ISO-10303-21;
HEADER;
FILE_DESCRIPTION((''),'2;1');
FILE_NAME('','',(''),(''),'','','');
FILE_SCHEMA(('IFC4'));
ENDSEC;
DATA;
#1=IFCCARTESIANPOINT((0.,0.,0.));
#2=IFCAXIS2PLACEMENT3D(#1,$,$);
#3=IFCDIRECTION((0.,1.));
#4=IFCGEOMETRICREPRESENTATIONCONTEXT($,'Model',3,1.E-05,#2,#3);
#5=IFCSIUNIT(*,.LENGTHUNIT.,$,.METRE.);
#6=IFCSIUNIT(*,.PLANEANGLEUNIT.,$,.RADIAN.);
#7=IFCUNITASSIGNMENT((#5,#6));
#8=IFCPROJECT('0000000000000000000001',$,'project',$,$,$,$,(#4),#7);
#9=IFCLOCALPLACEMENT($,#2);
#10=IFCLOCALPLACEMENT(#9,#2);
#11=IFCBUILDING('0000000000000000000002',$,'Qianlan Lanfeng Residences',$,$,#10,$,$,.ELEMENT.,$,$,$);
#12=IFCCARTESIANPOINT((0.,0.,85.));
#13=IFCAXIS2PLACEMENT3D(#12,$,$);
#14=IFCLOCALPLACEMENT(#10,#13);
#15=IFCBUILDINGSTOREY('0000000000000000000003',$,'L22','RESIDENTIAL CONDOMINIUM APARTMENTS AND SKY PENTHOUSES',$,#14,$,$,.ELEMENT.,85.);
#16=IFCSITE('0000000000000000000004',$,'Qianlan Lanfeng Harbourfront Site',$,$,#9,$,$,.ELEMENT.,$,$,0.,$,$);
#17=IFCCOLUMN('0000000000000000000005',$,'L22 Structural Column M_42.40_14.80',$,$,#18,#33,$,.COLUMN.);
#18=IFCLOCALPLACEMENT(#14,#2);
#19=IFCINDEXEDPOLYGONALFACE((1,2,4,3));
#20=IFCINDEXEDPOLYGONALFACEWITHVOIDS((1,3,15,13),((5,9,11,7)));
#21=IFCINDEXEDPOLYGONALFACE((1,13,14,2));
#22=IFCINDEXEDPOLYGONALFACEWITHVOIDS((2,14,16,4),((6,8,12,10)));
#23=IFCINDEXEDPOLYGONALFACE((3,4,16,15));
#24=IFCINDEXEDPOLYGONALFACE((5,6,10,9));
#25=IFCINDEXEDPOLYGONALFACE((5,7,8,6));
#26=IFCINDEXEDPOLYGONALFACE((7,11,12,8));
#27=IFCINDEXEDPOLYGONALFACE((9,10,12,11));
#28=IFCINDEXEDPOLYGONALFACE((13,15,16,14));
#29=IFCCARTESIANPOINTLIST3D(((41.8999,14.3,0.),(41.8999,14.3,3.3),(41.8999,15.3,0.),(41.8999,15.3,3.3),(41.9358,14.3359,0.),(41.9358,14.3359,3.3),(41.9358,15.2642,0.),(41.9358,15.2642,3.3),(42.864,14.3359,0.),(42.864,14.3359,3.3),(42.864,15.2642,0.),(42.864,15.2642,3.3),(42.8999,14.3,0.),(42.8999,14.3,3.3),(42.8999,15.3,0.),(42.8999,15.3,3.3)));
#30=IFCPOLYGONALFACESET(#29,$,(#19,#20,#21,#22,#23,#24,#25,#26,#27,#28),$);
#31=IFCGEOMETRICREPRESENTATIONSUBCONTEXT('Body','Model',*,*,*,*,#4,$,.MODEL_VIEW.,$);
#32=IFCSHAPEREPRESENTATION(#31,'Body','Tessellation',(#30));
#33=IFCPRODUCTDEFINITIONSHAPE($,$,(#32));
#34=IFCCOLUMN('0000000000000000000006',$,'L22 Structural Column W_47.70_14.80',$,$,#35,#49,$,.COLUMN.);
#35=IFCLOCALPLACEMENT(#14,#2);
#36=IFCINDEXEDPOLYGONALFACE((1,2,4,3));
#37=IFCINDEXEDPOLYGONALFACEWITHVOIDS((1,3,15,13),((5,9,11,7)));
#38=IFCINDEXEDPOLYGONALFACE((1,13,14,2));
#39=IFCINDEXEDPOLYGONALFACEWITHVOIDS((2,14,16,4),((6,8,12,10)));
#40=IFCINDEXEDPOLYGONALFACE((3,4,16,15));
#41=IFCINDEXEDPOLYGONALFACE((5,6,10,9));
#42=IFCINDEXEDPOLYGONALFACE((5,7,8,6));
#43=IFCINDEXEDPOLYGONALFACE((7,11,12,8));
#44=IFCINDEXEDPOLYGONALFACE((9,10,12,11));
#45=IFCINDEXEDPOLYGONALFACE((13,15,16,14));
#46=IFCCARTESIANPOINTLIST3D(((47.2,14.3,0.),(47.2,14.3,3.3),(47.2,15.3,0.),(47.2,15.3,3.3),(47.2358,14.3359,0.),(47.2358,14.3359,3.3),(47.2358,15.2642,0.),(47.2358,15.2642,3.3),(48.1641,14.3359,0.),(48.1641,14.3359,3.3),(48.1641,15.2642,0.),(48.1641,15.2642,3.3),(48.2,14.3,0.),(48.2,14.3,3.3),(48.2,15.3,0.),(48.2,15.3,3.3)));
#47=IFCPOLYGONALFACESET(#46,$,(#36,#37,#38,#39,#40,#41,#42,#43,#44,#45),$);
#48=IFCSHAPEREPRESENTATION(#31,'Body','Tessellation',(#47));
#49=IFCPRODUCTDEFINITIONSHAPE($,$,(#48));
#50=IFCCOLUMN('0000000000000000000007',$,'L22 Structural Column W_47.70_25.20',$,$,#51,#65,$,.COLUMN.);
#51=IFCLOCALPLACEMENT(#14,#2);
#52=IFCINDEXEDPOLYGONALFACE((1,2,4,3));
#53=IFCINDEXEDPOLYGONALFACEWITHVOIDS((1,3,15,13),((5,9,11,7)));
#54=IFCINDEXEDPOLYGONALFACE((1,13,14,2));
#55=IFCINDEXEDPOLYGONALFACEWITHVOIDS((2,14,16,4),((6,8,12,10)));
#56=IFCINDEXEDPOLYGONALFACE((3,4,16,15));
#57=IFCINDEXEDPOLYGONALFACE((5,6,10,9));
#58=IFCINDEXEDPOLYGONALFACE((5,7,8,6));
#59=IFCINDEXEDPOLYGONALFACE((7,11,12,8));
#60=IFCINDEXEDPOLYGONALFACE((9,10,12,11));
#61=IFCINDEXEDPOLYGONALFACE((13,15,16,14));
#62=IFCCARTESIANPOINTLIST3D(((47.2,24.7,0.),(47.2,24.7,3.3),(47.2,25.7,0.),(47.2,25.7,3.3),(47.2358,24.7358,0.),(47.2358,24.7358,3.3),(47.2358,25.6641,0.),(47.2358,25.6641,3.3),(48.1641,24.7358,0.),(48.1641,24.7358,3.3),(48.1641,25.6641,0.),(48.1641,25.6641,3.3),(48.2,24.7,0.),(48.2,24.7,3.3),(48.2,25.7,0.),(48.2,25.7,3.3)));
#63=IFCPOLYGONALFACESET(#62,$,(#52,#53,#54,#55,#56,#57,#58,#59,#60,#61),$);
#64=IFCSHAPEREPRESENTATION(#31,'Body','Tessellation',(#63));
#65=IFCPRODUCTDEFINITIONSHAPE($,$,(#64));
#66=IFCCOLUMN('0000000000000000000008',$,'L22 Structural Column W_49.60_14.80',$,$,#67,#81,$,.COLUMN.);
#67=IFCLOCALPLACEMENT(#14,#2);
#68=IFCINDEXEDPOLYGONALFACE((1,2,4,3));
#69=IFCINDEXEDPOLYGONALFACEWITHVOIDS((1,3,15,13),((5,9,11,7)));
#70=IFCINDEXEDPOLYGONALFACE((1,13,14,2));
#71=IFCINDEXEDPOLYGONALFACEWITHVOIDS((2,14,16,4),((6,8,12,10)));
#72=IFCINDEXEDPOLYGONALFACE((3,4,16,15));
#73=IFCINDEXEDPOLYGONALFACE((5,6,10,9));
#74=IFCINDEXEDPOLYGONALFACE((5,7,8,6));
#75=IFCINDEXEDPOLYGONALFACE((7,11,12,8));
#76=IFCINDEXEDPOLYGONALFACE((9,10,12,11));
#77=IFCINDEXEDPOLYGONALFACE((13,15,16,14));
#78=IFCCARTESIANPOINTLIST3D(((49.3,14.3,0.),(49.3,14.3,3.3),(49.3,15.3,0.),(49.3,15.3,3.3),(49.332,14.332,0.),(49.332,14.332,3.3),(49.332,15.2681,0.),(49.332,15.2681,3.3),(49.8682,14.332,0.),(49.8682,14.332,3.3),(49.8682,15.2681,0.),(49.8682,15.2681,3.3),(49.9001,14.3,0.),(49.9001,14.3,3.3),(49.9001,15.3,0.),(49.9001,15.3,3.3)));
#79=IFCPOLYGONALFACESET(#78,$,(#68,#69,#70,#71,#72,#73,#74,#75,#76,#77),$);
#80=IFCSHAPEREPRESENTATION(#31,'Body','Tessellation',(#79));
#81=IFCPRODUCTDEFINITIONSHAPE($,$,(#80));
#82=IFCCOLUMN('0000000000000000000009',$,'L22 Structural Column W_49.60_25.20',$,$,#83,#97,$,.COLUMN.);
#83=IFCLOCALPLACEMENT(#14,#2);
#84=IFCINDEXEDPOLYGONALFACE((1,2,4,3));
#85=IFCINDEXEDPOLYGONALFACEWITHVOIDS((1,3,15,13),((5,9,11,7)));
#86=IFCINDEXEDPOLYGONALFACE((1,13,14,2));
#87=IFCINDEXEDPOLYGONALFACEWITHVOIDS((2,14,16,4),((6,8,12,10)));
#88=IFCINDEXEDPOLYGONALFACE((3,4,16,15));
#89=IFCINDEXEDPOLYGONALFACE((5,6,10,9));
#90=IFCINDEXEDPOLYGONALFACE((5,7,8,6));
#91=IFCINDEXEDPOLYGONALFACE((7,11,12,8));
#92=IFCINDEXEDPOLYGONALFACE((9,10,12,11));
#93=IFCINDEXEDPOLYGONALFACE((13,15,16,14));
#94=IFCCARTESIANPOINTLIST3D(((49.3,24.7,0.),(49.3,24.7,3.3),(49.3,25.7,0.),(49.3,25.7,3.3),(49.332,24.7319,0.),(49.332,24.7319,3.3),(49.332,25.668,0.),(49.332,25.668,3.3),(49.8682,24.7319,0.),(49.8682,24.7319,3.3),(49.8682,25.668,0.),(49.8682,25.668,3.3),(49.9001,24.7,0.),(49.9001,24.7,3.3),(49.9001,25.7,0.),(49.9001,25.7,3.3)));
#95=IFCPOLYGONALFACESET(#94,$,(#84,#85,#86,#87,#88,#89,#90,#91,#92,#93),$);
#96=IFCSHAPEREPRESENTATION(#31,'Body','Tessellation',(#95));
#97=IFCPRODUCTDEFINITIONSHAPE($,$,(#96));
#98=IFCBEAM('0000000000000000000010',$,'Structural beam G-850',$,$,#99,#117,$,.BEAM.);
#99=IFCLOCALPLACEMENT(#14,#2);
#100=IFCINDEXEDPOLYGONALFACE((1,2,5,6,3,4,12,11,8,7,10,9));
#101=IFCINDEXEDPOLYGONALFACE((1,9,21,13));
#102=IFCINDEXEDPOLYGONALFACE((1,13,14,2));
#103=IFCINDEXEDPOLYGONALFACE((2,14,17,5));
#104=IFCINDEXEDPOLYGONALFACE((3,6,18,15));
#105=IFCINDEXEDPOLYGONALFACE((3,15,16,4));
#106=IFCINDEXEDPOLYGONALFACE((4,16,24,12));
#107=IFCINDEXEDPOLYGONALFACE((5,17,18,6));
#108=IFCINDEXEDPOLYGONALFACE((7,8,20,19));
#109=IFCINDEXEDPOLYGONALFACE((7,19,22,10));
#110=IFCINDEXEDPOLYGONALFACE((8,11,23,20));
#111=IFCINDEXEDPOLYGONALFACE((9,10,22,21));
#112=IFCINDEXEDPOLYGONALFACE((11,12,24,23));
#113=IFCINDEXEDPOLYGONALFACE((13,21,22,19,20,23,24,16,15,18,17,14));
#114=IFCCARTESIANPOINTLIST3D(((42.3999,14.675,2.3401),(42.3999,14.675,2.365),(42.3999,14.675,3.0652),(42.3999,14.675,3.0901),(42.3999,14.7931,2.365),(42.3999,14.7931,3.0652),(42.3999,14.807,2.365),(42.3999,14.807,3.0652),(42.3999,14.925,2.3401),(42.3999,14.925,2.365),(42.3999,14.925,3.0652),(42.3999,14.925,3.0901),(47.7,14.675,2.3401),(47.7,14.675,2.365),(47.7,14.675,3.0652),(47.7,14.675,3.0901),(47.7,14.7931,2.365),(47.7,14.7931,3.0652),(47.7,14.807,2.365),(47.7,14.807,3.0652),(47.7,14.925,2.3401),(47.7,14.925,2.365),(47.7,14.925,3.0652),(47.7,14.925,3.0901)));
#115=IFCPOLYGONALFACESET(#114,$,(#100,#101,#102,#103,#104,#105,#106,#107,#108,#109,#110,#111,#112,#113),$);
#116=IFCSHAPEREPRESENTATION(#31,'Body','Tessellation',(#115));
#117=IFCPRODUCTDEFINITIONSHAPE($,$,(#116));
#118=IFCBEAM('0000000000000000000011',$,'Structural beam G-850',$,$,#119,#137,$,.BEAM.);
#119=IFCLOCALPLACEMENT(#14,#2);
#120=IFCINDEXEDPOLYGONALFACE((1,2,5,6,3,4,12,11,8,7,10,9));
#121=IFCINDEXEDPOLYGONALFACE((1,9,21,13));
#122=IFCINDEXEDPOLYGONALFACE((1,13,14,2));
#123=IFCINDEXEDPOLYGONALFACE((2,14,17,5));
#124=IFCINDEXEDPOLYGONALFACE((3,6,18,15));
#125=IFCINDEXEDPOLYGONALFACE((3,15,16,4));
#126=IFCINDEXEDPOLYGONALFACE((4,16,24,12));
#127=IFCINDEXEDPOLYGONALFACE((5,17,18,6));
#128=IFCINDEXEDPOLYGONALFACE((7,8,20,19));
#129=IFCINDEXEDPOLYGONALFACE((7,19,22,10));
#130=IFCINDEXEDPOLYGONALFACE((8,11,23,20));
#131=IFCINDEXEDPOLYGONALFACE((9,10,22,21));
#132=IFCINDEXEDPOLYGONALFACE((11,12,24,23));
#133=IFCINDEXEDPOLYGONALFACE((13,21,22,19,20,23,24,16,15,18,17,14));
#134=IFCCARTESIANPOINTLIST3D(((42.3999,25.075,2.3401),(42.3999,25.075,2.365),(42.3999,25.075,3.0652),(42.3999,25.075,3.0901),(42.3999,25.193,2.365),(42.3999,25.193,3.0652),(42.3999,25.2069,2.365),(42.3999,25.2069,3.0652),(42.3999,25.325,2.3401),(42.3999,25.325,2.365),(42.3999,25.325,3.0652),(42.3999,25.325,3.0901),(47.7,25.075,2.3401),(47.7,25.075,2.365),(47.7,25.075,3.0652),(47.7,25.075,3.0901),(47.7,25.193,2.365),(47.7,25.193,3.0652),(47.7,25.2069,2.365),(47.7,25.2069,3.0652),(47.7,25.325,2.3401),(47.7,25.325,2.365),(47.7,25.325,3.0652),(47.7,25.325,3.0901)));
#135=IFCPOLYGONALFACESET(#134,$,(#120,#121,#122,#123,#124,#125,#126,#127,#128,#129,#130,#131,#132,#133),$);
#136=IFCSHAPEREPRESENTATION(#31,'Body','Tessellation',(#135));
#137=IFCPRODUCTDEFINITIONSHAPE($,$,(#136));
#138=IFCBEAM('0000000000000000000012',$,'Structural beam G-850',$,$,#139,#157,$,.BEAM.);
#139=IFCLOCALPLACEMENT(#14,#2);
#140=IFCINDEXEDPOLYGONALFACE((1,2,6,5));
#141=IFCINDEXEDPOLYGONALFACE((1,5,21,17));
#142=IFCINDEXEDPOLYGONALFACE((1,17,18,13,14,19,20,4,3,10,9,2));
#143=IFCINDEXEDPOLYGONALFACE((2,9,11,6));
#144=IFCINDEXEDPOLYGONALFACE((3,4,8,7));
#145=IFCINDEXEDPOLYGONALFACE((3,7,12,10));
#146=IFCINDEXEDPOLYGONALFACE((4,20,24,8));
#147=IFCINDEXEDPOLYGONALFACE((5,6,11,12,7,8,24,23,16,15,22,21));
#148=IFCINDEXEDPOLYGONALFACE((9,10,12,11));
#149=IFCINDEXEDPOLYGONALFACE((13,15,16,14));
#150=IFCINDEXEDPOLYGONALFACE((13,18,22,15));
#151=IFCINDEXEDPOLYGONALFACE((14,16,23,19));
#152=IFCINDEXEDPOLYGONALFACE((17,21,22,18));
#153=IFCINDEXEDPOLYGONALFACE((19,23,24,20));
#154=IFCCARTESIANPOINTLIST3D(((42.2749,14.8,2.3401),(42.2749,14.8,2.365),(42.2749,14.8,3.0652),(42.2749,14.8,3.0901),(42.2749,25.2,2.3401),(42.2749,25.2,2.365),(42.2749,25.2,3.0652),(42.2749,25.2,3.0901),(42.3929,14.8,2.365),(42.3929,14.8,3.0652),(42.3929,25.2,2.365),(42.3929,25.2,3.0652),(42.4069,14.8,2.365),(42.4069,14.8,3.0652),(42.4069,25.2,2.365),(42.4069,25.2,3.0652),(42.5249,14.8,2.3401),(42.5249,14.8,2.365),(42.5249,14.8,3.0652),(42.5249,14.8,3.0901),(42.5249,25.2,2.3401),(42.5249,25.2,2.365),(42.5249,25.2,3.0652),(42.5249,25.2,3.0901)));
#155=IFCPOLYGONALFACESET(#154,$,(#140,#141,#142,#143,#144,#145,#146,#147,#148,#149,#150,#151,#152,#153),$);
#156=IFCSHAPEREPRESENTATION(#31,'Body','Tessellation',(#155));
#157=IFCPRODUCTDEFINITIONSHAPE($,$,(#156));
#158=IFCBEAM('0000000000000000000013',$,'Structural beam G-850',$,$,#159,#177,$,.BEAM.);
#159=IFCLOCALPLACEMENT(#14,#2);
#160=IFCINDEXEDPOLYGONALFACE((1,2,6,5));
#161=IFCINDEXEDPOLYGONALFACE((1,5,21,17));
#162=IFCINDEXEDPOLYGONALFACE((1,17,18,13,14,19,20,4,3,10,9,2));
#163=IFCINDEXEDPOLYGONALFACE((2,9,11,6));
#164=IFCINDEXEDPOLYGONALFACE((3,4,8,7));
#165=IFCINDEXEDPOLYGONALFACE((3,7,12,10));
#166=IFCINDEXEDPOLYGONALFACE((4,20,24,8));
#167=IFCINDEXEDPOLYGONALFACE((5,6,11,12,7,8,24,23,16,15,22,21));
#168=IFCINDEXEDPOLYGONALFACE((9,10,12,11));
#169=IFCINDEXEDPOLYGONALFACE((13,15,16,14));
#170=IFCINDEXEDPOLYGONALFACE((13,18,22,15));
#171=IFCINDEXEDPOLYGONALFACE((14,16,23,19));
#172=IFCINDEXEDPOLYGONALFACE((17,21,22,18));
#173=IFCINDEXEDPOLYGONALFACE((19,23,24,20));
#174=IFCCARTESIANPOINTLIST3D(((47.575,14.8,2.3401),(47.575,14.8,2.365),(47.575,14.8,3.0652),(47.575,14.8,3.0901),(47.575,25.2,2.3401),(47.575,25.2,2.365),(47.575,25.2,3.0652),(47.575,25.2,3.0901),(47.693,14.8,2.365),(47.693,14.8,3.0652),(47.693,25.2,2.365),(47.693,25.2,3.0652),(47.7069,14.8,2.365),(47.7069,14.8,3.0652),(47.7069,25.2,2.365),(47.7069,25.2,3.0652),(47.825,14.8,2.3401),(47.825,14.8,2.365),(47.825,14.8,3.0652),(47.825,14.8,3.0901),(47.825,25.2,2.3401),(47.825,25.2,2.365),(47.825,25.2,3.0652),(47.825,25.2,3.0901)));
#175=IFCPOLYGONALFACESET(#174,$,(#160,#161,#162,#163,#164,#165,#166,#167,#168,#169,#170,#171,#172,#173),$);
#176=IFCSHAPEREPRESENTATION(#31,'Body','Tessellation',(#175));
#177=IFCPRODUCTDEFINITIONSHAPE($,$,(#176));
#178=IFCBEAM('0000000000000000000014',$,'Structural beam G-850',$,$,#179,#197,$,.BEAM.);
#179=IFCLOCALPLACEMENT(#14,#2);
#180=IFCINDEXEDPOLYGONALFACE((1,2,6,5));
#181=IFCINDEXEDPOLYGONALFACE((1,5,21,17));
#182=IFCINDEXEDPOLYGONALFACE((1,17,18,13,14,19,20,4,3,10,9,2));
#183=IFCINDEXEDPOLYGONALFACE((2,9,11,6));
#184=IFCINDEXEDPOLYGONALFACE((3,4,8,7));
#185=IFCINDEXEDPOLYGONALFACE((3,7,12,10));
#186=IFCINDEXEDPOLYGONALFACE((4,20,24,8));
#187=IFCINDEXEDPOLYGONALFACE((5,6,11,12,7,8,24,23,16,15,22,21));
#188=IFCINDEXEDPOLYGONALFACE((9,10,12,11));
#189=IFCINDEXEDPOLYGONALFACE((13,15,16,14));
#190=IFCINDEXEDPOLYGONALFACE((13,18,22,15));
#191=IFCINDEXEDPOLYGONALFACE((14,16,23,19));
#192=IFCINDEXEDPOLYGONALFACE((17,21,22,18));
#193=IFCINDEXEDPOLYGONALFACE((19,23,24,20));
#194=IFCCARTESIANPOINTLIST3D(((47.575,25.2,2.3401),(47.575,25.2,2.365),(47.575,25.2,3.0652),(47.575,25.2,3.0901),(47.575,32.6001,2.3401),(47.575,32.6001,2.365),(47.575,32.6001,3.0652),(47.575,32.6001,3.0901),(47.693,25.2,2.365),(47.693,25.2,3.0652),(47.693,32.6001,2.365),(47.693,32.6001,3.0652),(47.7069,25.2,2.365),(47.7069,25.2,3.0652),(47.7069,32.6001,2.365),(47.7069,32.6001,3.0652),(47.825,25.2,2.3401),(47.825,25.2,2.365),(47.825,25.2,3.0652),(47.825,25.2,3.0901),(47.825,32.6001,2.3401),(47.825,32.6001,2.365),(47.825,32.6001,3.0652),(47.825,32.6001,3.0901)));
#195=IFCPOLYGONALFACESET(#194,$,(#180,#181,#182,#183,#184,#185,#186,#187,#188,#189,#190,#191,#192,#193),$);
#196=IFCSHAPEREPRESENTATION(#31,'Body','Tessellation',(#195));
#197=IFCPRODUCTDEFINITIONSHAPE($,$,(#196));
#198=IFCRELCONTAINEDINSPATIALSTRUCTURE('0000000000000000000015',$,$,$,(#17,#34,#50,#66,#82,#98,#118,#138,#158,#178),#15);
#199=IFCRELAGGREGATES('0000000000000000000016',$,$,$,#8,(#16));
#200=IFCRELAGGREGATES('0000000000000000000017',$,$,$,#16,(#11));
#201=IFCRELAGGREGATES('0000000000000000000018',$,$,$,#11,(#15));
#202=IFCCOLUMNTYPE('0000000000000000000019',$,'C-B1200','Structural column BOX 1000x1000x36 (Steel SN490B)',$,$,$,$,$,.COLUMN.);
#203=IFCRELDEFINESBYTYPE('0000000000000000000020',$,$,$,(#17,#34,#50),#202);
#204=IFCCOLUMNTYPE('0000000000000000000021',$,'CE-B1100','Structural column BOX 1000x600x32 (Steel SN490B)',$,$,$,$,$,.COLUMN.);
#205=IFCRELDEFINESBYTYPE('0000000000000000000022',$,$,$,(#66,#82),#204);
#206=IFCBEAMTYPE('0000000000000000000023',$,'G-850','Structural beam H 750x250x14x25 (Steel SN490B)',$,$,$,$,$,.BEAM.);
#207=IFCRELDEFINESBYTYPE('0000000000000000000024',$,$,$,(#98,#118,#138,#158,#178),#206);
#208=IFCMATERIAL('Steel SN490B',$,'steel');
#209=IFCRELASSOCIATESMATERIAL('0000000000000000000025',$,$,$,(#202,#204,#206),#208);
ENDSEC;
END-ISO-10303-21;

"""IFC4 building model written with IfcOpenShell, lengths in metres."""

from ifc_helpers import new_model, si_unit, direction, frame, origin, origin_2d, place, context, subcontext, project, spatial, hollow_rectangle, i_section, extrude, material, material_profile, profile_set, type_object, element, save


model = new_model("IFC4")

# Units and contexts
model_context = context("Model", 3, precision=1e-05, world=origin(), true_north=direction((0.0, 1.0)))
body_context = subcontext(model_context, "Body", "Model", "MODEL_VIEW")
ifc_project = project(units=[si_unit("LENGTHUNIT", "METRE"), si_unit("PLANEANGLEUNIT", "RADIAN")], contexts=[model_context])

# Site, building, storey
site_placement = place(None, origin())
site = spatial("IfcSite", under=ifc_project, at=site_placement, Name="Qianlan Lanfeng Harbourfront Site", CompositionType="ELEMENT", RefElevation=0.0)
building_placement = place(site_placement, origin())
building = spatial("IfcBuilding", under=site, at=building_placement, Name="Qianlan Lanfeng Residences", CompositionType="ELEMENT")
storey_placement = place(building_placement, frame((0.0, 0.0, 85.0)))
storey = spatial("IfcBuildingStorey", under=building, at=storey_placement, Name="L22", Description="RESIDENTIAL CONDOMINIUM APARTMENTS AND SKY PENTHOUSES", CompositionType="ELEMENT", Elevation=85.0)

# Columns
ifc_material_1 = material(Name="Steel SN490B", Category="steel")
ifc_material_profile_1 = material_profile(ifc_material_1, hollow_rectangle(XDim=1.0, YDim=1.0, WallThickness=0.0359, at=origin_2d()), Name="BOX 1000x1000x36")
ifc_profile_set_1 = profile_set([ifc_material_profile_1], Name="Steel SN490B")
column_type_1 = type_object("IfcColumnType", Name="C-B1200", Description="Structural column BOX 1000x1000x36 (Steel SN490B)", PredefinedType="COLUMN", material=ifc_profile_set_1)
for number, where, z_axis, x_axis, name in (
    (1, (42.3999, 14.8, 0.0), (0.0, 0.0, 1.0), (1.0, 0.0, 0.0), "L22 Structural Column M_42.40_14.80"),
    (2, (47.7, 14.8, 0.0), (0.0, 0.0, 1.0), (1.0, 0.0, 0.0), "L22 Structural Column W_47.70_14.80"),
    (3, (47.7, 25.2, 0.0), (0.0, 0.0, 1.0), (1.0, 0.0, 0.0), "L22 Structural Column W_47.70_25.20"),
):
    element("IfcColumn", number, at=place(storey_placement, frame(where, z_axis=z_axis, x_axis=x_axis)), inside=storey, type_object=column_type_1, Name=name, PredefinedType="COLUMN", context=body_context, shape_type="SweptSolid", body=[
        extrude(hollow_rectangle(XDim=1.0, YDim=1.0, WallThickness=0.0359, at=origin_2d()), origin(), (0.0, 0.0, 1.0), 3.3),
    ])
ifc_material_profile_2 = material_profile(ifc_material_1, hollow_rectangle(XDim=0.6001, YDim=1.0, WallThickness=0.032, at=origin_2d()), Name="BOX 1000x600x32")
ifc_profile_set_2 = profile_set([ifc_material_profile_2], Name="Steel SN490B")
column_type_2 = type_object("IfcColumnType", Name="CE-B1100", Description="Structural column BOX 1000x600x32 (Steel SN490B)", PredefinedType="COLUMN", material=ifc_profile_set_2)
for number, where, z_axis, x_axis, name in (
    (4, (49.6001, 14.8, 0.0), (0.0, 0.0, 1.0), (1.0, 0.0, 0.0), "L22 Structural Column W_49.60_14.80"),
    (5, (49.6001, 25.2, 0.0), (0.0, 0.0, 1.0), (1.0, 0.0, 0.0), "L22 Structural Column W_49.60_25.20"),
):
    element("IfcColumn", number, at=place(storey_placement, frame(where, z_axis=z_axis, x_axis=x_axis)), inside=storey, type_object=column_type_2, Name=name, PredefinedType="COLUMN", context=body_context, shape_type="SweptSolid", body=[
        extrude(hollow_rectangle(XDim=0.6001, YDim=1.0, WallThickness=0.032, at=origin_2d()), origin(), (0.0, 0.0, 1.0), 3.3),
    ])

# Beams
ifc_material_profile_3 = material_profile(ifc_material_1, i_section(OverallWidth=0.25, OverallDepth=0.75, WebThickness=0.0139, FlangeThickness=0.0249, at=origin_2d()), Name="H 750x250x14x25")
ifc_profile_set_3 = profile_set([ifc_material_profile_3], Name="Steel SN490B")
beam_type_1 = type_object("IfcBeamType", Name="G-850", Description="Structural beam H 750x250x14x25 (Steel SN490B)", PredefinedType="BEAM", material=ifc_profile_set_3)
for number, where, z_axis, x_axis, name in (
    (6, (42.3999, 14.8, 2.7151), (1.0, 0.0, 0.0), (0.0, 1.0, 0.0), "Structural beam G-850"),
    (7, (42.3999, 25.2, 2.7151), (1.0, 0.0, 0.0), (0.0, 1.0, 0.0), "Structural beam G-850"),
):
    element("IfcBeam", number, at=place(storey_placement, frame(where, z_axis=z_axis, x_axis=x_axis)), inside=storey, type_object=beam_type_1, Name=name, PredefinedType="BEAM", context=body_context, shape_type="SweptSolid", body=[
        extrude(i_section(OverallWidth=0.25, OverallDepth=0.75, WebThickness=0.0139, FlangeThickness=0.0249, at=origin_2d()), origin(), (0.0, 0.0, 1.0), 5.3),
    ])
for number, where, z_axis, x_axis, name in (
    (8, (42.3999, 14.8, 2.7151), (0.0, 1.0, 0.0), (-1.0, 0.0, 0.0), "Structural beam G-850"),
    (9, (47.7, 14.8, 2.7151), (0.0, 1.0, 0.0), (-1.0, 0.0, 0.0), "Structural beam G-850"),
):
    element("IfcBeam", number, at=place(storey_placement, frame(where, z_axis=z_axis, x_axis=x_axis)), inside=storey, type_object=beam_type_1, Name=name, PredefinedType="BEAM", context=body_context, shape_type="SweptSolid", body=[
        extrude(i_section(OverallWidth=0.25, OverallDepth=0.75, WebThickness=0.0139, FlangeThickness=0.0249, at=origin_2d()), origin(), (0.0, 0.0, 1.0), 10.3999),
    ])
beam_1_placement = place(storey_placement, frame((47.7, 25.2, 2.7151), z_axis=(0.0, 1.0, 0.0), x_axis=(-1.0, 0.0, 0.0)))
element("IfcBeam", 10, at=beam_1_placement, inside=storey, type_object=beam_type_1, Name="Structural beam G-850", PredefinedType="BEAM", context=body_context, shape_type="SweptSolid", body=[
    extrude(i_section(OverallWidth=0.25, OverallDepth=0.75, WebThickness=0.0139, FlangeThickness=0.0249, at=origin_2d()), origin(), (0.0, 0.0, 1.0), 7.4001),
])

save(model, "model.ifc")
